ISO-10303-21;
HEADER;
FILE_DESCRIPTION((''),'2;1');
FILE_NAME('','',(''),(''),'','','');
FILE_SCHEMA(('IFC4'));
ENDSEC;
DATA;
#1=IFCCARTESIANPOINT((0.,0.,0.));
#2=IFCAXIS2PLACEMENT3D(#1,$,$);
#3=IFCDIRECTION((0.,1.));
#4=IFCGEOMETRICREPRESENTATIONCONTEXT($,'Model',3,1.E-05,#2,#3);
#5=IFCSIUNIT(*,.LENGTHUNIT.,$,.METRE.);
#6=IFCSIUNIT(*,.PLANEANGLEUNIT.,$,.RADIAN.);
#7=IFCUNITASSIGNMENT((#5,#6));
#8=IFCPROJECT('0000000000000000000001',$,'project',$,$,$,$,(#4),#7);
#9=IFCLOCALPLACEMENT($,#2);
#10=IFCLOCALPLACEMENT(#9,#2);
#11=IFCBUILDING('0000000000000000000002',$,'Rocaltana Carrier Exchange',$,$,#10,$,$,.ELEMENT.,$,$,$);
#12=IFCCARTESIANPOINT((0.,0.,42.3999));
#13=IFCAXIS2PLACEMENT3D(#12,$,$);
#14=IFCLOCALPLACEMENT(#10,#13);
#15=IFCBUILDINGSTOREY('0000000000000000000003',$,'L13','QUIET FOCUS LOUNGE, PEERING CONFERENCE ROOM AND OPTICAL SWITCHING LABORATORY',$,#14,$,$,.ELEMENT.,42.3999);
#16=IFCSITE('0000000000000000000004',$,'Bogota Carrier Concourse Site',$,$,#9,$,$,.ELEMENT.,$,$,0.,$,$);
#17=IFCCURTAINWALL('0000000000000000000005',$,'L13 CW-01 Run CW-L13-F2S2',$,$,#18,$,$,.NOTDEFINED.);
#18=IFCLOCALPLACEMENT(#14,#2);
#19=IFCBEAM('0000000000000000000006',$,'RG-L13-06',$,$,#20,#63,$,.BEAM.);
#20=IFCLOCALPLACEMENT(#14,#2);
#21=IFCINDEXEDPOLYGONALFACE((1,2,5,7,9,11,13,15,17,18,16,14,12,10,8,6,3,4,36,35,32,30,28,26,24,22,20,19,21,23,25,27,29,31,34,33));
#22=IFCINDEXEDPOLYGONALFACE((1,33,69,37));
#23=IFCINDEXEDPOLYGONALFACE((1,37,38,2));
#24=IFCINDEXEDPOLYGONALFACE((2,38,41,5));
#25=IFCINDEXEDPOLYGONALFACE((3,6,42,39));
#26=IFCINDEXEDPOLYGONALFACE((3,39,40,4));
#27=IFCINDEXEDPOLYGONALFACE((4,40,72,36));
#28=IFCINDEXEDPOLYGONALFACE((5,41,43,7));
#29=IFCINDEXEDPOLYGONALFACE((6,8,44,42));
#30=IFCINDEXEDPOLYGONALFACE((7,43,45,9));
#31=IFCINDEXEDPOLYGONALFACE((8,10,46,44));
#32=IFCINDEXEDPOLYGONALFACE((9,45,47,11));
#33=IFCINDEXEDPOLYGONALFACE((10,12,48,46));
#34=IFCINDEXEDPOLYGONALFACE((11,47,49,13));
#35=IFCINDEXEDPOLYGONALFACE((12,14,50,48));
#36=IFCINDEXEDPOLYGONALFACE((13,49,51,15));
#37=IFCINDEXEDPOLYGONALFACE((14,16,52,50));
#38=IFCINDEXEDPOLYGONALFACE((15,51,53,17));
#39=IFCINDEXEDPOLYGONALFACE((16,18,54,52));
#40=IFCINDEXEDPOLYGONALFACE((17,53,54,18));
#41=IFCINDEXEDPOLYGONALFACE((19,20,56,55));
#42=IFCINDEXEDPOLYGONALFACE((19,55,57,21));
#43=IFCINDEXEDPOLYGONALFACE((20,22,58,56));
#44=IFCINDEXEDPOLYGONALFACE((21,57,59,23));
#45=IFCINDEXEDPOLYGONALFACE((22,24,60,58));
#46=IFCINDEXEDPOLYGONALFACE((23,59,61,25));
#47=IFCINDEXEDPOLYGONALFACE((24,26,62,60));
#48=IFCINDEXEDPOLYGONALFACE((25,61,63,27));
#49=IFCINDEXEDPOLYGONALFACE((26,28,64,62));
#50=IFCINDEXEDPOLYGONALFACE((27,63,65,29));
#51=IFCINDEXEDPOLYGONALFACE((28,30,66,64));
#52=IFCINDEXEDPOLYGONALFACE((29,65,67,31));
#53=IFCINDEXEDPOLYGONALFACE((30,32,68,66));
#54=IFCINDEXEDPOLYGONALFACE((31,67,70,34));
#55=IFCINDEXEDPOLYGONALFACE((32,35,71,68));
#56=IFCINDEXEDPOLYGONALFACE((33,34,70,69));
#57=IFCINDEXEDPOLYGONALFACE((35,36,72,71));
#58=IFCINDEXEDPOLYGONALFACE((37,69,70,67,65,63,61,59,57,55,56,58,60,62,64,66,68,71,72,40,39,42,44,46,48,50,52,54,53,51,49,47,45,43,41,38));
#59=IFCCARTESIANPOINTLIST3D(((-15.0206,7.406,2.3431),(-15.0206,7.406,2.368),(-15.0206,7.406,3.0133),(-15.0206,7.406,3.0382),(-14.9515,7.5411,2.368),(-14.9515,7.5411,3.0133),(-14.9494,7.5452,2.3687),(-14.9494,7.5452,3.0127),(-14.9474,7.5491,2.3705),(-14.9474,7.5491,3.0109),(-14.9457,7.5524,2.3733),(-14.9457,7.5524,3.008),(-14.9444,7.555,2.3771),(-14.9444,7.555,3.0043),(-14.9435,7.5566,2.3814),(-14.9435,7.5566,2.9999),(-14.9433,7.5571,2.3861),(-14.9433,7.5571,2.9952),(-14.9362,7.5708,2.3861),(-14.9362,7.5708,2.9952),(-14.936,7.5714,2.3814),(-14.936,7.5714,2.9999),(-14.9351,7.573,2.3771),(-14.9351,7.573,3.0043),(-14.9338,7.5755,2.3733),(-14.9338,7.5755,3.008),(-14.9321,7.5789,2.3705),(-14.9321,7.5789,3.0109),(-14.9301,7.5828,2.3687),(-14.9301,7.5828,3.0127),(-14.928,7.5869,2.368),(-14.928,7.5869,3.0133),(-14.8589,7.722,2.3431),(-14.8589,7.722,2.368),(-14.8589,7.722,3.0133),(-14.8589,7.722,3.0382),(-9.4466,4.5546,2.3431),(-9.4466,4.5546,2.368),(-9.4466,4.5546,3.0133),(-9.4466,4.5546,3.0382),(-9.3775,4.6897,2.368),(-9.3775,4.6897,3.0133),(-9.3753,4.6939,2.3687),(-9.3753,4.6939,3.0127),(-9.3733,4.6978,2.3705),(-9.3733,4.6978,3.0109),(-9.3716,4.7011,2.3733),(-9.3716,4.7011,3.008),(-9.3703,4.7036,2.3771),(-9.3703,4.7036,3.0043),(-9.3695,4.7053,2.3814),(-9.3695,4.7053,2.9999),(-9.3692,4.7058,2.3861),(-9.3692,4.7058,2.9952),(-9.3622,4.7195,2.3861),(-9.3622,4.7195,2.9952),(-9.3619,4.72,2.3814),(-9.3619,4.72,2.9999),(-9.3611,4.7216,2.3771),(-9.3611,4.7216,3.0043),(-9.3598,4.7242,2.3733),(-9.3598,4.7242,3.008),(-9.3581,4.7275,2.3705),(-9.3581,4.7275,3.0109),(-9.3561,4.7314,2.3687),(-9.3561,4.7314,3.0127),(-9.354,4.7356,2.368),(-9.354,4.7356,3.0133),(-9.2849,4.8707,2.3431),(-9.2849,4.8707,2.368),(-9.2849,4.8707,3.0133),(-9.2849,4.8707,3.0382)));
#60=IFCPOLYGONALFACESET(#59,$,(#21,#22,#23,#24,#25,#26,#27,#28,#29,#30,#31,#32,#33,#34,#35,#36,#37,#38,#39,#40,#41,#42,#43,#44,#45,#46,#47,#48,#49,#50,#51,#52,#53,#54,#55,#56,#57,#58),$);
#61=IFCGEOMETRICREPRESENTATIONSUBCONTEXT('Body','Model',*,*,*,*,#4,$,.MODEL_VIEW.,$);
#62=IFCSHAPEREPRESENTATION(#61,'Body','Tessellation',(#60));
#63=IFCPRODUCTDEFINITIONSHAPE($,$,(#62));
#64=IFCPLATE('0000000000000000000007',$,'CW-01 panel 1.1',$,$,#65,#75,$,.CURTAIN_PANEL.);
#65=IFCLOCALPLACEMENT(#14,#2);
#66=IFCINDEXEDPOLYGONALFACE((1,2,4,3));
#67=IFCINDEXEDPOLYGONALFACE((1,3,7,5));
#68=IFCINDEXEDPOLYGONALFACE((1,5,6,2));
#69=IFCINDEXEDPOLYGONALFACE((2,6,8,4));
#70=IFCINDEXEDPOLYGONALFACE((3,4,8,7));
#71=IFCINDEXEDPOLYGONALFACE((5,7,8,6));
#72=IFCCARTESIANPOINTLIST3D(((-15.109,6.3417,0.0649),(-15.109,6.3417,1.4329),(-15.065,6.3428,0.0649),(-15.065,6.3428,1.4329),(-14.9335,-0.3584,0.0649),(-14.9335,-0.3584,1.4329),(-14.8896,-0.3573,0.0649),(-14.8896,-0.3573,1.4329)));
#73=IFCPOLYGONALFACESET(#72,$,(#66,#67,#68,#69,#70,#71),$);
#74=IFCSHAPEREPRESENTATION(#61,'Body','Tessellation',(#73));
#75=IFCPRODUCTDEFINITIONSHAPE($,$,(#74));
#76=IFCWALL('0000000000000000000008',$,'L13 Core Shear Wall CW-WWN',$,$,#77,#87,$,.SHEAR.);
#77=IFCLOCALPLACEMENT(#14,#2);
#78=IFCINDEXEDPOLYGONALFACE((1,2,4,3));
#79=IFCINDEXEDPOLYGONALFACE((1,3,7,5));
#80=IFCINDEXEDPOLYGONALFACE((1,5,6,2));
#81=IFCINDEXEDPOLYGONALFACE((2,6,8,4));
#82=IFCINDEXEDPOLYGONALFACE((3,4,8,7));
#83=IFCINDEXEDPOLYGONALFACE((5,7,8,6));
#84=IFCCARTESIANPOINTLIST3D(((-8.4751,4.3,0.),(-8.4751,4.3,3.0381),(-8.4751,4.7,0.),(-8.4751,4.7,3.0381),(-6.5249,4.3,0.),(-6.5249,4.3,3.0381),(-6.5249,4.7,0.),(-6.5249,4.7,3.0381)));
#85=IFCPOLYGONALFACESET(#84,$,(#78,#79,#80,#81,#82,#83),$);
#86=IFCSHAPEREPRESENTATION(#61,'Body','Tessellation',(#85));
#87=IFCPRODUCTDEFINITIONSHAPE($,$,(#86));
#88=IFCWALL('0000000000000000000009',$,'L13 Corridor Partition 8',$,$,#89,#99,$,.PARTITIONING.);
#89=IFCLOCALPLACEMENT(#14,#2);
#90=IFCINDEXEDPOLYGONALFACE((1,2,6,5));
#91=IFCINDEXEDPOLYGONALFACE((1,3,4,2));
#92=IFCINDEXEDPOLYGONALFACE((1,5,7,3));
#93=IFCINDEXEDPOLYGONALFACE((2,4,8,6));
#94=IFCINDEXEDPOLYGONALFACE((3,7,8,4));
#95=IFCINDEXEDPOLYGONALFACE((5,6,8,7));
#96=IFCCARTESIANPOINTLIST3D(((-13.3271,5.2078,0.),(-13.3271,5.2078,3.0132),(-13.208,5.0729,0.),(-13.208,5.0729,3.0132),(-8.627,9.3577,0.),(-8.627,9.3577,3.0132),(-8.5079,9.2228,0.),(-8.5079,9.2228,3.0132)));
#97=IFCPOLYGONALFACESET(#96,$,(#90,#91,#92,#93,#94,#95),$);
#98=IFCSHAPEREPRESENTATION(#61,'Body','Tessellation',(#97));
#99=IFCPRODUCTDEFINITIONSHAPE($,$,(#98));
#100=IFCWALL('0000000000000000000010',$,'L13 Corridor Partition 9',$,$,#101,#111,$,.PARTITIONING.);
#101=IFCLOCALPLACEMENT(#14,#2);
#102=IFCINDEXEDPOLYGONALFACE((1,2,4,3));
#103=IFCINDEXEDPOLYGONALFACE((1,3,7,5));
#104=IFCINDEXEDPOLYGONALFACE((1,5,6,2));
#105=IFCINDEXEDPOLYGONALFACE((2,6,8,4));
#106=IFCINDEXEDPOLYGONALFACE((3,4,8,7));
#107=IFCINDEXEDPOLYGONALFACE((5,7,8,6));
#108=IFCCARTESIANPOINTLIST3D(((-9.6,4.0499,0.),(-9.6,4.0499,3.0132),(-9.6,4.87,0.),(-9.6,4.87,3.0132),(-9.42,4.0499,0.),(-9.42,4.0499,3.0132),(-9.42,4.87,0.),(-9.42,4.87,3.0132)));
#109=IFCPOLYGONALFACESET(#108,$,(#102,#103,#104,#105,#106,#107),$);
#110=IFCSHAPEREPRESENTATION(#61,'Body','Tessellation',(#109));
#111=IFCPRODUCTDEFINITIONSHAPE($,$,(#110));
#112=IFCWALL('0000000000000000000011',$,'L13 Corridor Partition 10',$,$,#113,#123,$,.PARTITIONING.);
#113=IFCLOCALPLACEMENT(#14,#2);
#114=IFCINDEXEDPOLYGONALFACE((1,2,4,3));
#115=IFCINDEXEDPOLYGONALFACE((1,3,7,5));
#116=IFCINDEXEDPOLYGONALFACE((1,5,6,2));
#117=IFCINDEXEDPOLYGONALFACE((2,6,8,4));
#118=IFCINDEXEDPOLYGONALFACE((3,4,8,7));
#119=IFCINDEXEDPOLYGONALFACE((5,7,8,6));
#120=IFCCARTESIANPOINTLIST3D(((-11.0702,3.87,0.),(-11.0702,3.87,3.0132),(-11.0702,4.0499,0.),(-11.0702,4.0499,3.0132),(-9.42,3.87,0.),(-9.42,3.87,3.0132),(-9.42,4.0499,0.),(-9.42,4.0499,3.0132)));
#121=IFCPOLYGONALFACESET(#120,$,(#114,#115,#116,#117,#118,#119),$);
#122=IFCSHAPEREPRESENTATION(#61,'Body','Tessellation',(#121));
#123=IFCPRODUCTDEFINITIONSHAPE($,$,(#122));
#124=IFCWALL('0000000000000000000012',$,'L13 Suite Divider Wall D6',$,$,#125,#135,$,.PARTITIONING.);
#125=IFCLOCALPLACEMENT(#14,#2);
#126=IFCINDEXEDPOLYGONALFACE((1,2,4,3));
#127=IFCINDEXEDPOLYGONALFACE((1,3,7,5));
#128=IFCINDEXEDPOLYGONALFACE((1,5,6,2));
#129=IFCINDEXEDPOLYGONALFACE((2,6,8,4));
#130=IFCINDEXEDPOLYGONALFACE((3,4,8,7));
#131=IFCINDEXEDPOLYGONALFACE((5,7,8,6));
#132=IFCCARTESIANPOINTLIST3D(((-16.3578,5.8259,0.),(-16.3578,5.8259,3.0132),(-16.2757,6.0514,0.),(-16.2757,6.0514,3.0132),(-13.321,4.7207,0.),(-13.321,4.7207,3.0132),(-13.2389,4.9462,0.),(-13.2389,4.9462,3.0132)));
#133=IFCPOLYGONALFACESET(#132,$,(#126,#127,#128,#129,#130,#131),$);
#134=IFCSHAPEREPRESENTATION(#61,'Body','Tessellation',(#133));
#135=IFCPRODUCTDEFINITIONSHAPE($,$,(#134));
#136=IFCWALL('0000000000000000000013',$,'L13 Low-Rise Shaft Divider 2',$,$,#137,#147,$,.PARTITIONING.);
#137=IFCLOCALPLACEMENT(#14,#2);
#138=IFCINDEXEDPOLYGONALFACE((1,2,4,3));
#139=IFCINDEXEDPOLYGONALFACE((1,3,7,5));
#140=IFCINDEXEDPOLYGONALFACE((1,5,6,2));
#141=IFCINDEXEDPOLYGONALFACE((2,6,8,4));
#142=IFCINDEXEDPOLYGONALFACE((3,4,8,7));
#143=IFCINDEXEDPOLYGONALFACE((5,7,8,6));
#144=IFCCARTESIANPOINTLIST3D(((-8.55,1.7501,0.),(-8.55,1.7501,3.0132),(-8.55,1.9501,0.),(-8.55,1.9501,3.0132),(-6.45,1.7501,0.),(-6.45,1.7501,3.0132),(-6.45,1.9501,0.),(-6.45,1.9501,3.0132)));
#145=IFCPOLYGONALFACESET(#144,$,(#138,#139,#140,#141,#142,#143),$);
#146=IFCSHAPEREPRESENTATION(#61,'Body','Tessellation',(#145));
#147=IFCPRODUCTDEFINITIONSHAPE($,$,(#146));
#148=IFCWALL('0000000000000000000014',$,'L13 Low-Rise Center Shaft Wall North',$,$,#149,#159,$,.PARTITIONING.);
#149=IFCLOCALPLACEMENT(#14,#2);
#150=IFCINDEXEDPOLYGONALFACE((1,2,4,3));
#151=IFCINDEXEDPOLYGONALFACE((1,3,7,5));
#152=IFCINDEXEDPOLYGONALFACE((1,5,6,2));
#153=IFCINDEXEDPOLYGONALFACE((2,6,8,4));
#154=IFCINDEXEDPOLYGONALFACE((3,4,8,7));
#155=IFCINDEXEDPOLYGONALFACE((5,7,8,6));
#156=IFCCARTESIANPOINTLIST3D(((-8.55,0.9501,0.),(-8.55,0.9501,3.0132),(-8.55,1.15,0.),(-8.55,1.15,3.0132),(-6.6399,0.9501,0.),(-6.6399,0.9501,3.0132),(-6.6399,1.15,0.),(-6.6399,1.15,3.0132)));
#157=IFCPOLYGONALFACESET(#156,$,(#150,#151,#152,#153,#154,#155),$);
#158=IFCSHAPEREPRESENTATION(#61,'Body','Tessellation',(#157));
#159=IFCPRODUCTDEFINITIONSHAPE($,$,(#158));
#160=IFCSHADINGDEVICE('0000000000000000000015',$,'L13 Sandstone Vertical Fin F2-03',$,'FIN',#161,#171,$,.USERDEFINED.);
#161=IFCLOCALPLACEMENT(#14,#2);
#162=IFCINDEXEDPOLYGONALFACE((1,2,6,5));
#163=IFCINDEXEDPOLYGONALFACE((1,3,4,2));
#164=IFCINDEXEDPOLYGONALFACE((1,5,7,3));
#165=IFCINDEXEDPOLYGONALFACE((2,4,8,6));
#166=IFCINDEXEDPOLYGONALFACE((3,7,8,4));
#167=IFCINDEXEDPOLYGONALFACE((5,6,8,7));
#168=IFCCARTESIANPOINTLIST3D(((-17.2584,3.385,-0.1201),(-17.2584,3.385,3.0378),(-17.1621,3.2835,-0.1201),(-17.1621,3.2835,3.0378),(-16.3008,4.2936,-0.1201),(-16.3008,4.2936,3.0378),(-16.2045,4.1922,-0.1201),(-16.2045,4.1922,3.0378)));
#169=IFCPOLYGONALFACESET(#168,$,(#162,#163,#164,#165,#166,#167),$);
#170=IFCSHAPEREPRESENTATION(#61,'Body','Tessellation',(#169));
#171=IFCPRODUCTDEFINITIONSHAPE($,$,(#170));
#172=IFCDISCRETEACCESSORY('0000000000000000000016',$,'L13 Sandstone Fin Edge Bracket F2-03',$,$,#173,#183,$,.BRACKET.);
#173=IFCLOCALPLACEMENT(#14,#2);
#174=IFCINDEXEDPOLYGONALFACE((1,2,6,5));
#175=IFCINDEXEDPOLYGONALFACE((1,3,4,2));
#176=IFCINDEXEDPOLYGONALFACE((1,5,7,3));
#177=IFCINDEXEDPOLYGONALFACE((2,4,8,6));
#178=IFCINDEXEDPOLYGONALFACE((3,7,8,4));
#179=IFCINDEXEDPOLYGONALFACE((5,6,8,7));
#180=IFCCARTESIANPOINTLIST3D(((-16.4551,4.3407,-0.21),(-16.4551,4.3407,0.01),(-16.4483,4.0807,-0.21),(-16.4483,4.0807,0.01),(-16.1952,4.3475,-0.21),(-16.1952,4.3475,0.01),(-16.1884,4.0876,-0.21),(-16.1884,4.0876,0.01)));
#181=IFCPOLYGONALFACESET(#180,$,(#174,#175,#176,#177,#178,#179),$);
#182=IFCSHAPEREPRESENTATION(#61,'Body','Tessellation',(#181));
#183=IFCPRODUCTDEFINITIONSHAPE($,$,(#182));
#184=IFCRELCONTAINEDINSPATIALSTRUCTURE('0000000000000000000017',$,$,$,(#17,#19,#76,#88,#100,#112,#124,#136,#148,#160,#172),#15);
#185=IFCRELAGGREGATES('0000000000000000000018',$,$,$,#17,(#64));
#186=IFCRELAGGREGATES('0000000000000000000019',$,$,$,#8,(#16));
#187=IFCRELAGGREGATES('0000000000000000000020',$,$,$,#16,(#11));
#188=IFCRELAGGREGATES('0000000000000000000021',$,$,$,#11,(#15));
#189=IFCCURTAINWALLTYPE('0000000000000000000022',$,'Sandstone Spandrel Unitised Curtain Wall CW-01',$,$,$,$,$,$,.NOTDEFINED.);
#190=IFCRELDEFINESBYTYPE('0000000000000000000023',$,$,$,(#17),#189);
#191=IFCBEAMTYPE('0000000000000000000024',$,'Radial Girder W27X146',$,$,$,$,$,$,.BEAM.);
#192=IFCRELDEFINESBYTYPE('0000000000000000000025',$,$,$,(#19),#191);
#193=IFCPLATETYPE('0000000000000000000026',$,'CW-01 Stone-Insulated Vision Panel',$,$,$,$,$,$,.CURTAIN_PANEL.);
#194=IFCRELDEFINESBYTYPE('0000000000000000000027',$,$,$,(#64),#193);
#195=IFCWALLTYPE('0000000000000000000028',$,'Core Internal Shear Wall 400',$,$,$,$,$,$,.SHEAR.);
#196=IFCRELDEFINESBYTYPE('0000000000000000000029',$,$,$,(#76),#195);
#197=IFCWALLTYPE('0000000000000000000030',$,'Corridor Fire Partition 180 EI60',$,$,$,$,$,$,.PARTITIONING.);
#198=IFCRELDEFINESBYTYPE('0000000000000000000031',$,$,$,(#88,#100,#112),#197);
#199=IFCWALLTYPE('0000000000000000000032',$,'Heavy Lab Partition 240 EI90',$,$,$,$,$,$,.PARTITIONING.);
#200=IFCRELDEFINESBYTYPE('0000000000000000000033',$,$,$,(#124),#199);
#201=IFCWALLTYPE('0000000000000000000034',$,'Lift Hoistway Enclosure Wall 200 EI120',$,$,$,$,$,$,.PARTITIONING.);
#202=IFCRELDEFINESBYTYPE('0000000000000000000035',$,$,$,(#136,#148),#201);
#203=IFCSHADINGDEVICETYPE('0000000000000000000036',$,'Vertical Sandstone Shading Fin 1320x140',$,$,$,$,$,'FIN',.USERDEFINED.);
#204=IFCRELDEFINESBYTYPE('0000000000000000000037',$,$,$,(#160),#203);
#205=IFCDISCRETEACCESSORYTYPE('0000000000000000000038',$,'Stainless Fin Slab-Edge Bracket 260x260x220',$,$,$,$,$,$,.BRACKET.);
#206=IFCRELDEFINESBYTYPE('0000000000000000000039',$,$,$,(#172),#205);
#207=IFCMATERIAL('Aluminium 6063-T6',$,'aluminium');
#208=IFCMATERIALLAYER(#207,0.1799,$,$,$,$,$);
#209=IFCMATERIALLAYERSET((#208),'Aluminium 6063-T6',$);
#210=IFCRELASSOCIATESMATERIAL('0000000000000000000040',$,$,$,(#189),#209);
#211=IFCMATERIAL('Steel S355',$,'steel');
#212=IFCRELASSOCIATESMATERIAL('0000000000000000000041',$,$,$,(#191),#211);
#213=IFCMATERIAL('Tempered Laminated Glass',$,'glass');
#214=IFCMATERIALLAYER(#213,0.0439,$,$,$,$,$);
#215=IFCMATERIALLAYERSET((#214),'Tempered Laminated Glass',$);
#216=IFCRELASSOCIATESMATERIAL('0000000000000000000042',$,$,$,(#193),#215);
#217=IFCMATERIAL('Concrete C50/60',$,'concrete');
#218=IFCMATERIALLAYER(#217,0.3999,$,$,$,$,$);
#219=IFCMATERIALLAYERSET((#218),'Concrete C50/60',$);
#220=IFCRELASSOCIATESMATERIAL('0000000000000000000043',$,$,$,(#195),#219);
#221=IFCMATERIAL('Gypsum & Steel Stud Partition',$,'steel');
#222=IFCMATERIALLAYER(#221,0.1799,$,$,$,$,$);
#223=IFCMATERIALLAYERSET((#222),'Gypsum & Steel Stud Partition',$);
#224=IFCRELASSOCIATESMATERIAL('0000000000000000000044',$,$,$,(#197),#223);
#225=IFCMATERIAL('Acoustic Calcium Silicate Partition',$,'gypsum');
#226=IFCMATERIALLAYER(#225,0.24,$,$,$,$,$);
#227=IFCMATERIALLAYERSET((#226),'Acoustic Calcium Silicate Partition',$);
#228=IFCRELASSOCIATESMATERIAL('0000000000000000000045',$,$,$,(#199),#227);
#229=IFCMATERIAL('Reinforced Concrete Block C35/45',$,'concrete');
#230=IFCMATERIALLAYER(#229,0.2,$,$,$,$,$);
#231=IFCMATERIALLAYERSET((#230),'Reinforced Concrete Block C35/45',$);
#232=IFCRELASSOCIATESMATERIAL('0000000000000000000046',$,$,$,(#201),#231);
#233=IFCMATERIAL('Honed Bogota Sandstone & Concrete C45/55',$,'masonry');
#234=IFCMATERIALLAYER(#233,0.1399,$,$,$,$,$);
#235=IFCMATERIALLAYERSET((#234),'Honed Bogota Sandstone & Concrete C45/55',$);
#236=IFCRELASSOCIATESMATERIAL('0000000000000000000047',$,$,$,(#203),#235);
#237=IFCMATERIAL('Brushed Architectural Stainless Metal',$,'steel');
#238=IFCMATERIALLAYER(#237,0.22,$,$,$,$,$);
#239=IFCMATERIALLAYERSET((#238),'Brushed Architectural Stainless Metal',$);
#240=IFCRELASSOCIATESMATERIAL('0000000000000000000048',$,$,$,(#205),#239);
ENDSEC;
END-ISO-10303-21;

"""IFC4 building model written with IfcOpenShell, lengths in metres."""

from ifc_helpers import new_model, si_unit, direction, frame, frame_2d, origin, origin_2d, place, context, subcontext, project, spatial, rectangle, i_section, extrude, material, layer, layer_set, material_profile, profile_set, type_object, element, aggregate, save


model = new_model("IFC4")

# Units and contexts
model_context = context("Model", 3, precision=1e-05, world=origin(), true_north=direction((0.0, 1.0)))
body_context = subcontext(model_context, "Body", "Model", "MODEL_VIEW")
ifc_project = project(units=[si_unit("LENGTHUNIT", "METRE"), si_unit("PLANEANGLEUNIT", "RADIAN")], contexts=[model_context])

# Site, building, storey
site_placement = place(None, origin())
site = spatial("IfcSite", under=ifc_project, at=site_placement, Name="Bogota Carrier Concourse Site", CompositionType="ELEMENT", RefElevation=0.0)
building_placement = place(site_placement, origin())
building = spatial("IfcBuilding", under=site, at=building_placement, Name="Rocaltana Carrier Exchange", CompositionType="ELEMENT")
storey_placement = place(building_placement, frame((0.0, 0.0, 42.3999)))
storey = spatial("IfcBuildingStorey", under=building, at=storey_placement, Name="L13", Description="QUIET FOCUS LOUNGE, PEERING CONFERENCE ROOM AND OPTICAL SWITCHING LABORATORY", CompositionType="ELEMENT", Elevation=42.3999)

# Curtain wall
ifc_material_1 = material(Name="Aluminium 6063-T6", Category="aluminium")
ifc_layer_1 = layer(ifc_material_1, 0.1799)
ifc_layer_set_1 = layer_set([ifc_layer_1], Name="Aluminium 6063-T6")
curtain_wall_type = type_object("IfcCurtainWallType", Name="Sandstone Spandrel Unitised Curtain Wall CW-01", PredefinedType="NOTDEFINED", material=ifc_layer_set_1)
curtain_wall_placement = place(storey_placement, origin())
curtain_wall = element("IfcCurtainWall", 1, at=curtain_wall_placement, inside=storey, type_object=curtain_wall_type, Name="L13 CW-01 Run CW-L13-F2S2", PredefinedType="NOTDEFINED")

# Beam
ifc_material_2 = material(Name="Steel S355", Category="steel")
ifc_material_profile_1 = material_profile(ifc_material_2, i_section(OverallWidth=0.355, OverallDepth=0.6951, WebThickness=0.0154, FlangeThickness=0.0249, FilletRadius=0.0181, at=origin_2d()), Name="W27X146")
ifc_profile_set_1 = profile_set([ifc_material_profile_1], Name="Steel S355")
beam_type_1 = type_object("IfcBeamType", Name="Radial Girder W27X146", PredefinedType="BEAM", material=ifc_profile_set_1)
beam_1_placement = place(storey_placement, frame((-9.3657, 4.7126, 2.6907), z_axis=(-0.890279, 0.455415, 0.0), x_axis=(-0.455415, -0.890279, 0.0)))
element("IfcBeam", 2, at=beam_1_placement, inside=storey, type_object=beam_type_1, Name="RG-L13-06", PredefinedType="BEAM", context=body_context, shape_type="SweptSolid", body=[
    extrude(i_section(OverallWidth=0.355, OverallDepth=0.6951, WebThickness=0.0154, FlangeThickness=0.0249, FilletRadius=0.0181, at=origin_2d()), origin(), (0.0, 0.0, 1.0), 6.261),
])

# Plate
ifc_material_3 = material(Name="Tempered Laminated Glass", Category="glass")
ifc_layer_2 = layer(ifc_material_3, 0.0439)
ifc_layer_set_2 = layer_set([ifc_layer_2], Name="Tempered Laminated Glass")
plate_type = type_object("IfcPlateType", Name="CW-01 Stone-Insulated Vision Panel", PredefinedType="CURTAIN_PANEL", material=ifc_layer_set_2)
plate_placement = place(storey_placement, frame((-14.9993, 2.9922, 0.0649), z_axis=(0.0, 0.0, 1.0), x_axis=(0.026177, -0.999657, 0.0)))
plate = element("IfcPlate", 3, at=plate_placement, type_object=plate_type, Name="CW-01 panel 1.1", PredefinedType="CURTAIN_PANEL", context=body_context, shape_type="SweptSolid", body=[
    extrude(rectangle(XDim=6.7024, YDim=0.0439, at=origin_2d()), origin(), (0.0, 0.0, 1.0), 1.3679),
])
aggregate(curtain_wall, [plate])

# Walls
ifc_material_4 = material(Name="Concrete C50/60", Category="concrete")
ifc_layer_3 = layer(ifc_material_4, 0.3999)
ifc_layer_set_3 = layer_set([ifc_layer_3], Name="Concrete C50/60")
wall_type_1 = type_object("IfcWallType", Name="Core Internal Shear Wall 400", PredefinedType="SHEAR", material=ifc_layer_set_3)
wall_1_placement = place(storey_placement, frame((-8.4751, 4.5, 0.0), z_axis=(0.0, 0.0, 1.0), x_axis=(1.0, 0.0, 0.0)))
element("IfcWall", 4, at=wall_1_placement, inside=storey, type_object=wall_type_1, Name="L13 Core Shear Wall CW-WWN", PredefinedType="SHEAR", context=body_context, shape_type="SweptSolid", body=[
    extrude(rectangle(XDim=1.9502, YDim=0.3999, at=frame_2d((0.9751, 0.0))), origin(), (0.0, 0.0, 1.0), 3.0381),
])
ifc_material_5 = material(Name="Gypsum & Steel Stud Partition", Category="steel")
ifc_layer_4 = layer(ifc_material_5, 0.1799)
ifc_layer_set_4 = layer_set([ifc_layer_4], Name="Gypsum & Steel Stud Partition")
wall_type_2 = type_object("IfcWallType", Name="Corridor Fire Partition 180 EI60", PredefinedType="PARTITIONING", material=ifc_layer_set_4)
wall_2_placement = place(storey_placement, frame((-13.2676, 5.1404, 0.0), z_axis=(0.0, 0.0, 1.0), x_axis=(0.749626, 0.661861, 0.0)))
element("IfcWall", 5, at=wall_2_placement, inside=storey, type_object=wall_type_2, Name="L13 Corridor Partition 8", PredefinedType="PARTITIONING", context=body_context, shape_type="SweptSolid", body=[
    extrude(rectangle(XDim=6.27, YDim=0.1799, at=frame_2d((3.135, 0.0))), origin(), (0.0, 0.0, 1.0), 3.0132),
])
wall_3_placement = place(storey_placement, frame((-9.51, 4.8701, 0.0), z_axis=(0.0, 0.0, 1.0), x_axis=(0.0, -1.0, 0.0)))
element("IfcWall", 6, at=wall_3_placement, inside=storey, type_object=wall_type_2, Name="L13 Corridor Partition 9", PredefinedType="PARTITIONING", context=body_context, shape_type="SweptSolid", body=[
    extrude(rectangle(XDim=0.8201, YDim=0.1799, at=frame_2d((0.4102, 0.0))), origin(), (0.0, 0.0, 1.0), 3.0132),
])
wall_4_placement = place(storey_placement, frame((-9.4199, 3.96, 0.0), z_axis=(0.0, 0.0, 1.0), x_axis=(-1.0, 0.0, 0.0)))
element("IfcWall", 7, at=wall_4_placement, inside=storey, type_object=wall_type_2, Name="L13 Corridor Partition 10", PredefinedType="PARTITIONING", context=body_context, shape_type="SweptSolid", body=[
    extrude(rectangle(XDim=1.6501, YDim=0.1799, at=frame_2d((0.8252, 0.0))), origin(), (0.0, 0.0, 1.0), 3.0132),
])
ifc_material_6 = material(Name="Acoustic Calcium Silicate Partition", Category="gypsum")
ifc_layer_5 = layer(ifc_material_6, 0.24)
ifc_layer_set_5 = layer_set([ifc_layer_5], Name="Acoustic Calcium Silicate Partition")
wall_type_3 = type_object("IfcWallType", Name="Heavy Lab Partition 240 EI90", PredefinedType="PARTITIONING", material=ifc_layer_set_5)
wall_5_placement = place(storey_placement, frame((-13.28, 4.8335, 0.0), z_axis=(0.0, 0.0, 1.0), x_axis=(-0.939703, 0.341992, 0.0)))
element("IfcWall", 8, at=wall_5_placement, inside=storey, type_object=wall_type_3, Name="L13 Suite Divider Wall D6", PredefinedType="PARTITIONING", context=body_context, shape_type="SweptSolid", body=[
    extrude(rectangle(XDim=3.2317, YDim=0.24, at=frame_2d((1.6157, 0.0))), origin(), (0.0, 0.0, 1.0), 3.0132),
])
ifc_material_7 = material(Name="Reinforced Concrete Block C35/45", Category="concrete")
ifc_layer_6 = layer(ifc_material_7, 0.2)
ifc_layer_set_6 = layer_set([ifc_layer_6], Name="Reinforced Concrete Block C35/45")
wall_type_4 = type_object("IfcWallType", Name="Lift Hoistway Enclosure Wall 200 EI120", PredefinedType="PARTITIONING", material=ifc_layer_set_6)
wall_6_placement = place(storey_placement, frame((-8.55, 1.8501, 0.0), z_axis=(0.0, 0.0, 1.0), x_axis=(1.0, 0.0, 0.0)))
element("IfcWall", 9, at=wall_6_placement, inside=storey, type_object=wall_type_4, Name="L13 Low-Rise Shaft Divider 2", PredefinedType="PARTITIONING", context=body_context, shape_type="SweptSolid", body=[
    extrude(rectangle(XDim=2.1001, YDim=0.2, at=frame_2d((1.05, 0.0))), origin(), (0.0, 0.0, 1.0), 3.0132),
])
wall_7_placement = place(storey_placement, frame((-8.55, 1.05, 0.0), z_axis=(0.0, 0.0, 1.0), x_axis=(1.0, 0.0, 0.0)))
element("IfcWall", 10, at=wall_7_placement, inside=storey, type_object=wall_type_4, Name="L13 Low-Rise Center Shaft Wall North", PredefinedType="PARTITIONING", context=body_context, shape_type="SweptSolid", body=[
    extrude(rectangle(XDim=1.9102, YDim=0.2, at=frame_2d((0.9551, 0.0))), origin(), (0.0, 0.0, 1.0), 3.0132),
])

# Shading device
ifc_material_8 = material(Name="Honed Bogota Sandstone & Concrete C45/55", Category="masonry")
ifc_layer_7 = layer(ifc_material_8, 0.1399)
ifc_layer_set_7 = layer_set([ifc_layer_7], Name="Honed Bogota Sandstone & Concrete C45/55")
shading_device_type = type_object("IfcShadingDeviceType", Name="Vertical Sandstone Shading Fin 1320x140", ElementType="FIN", PredefinedType="USERDEFINED", material=ifc_layer_set_7)
shading_device_placement = place(storey_placement, frame((-16.7314, 3.7886, -0.1201), z_axis=(0.0, 0.0, 1.0), x_axis=(-0.725374, -0.688355, 0.0)))
element("IfcShadingDevice", 11, at=shading_device_placement, inside=storey, type_object=shading_device_type, Name="L13 Sandstone Vertical Fin F2-03", ObjectType="FIN", PredefinedType="USERDEFINED", context=body_context, shape_type="SweptSolid", body=[
    extrude(rectangle(XDim=1.3201, YDim=0.1399, at=origin_2d()), origin(), (0.0, 0.0, 1.0), 3.158),
])

# Discrete accessory
ifc_material_9 = material(Name="Brushed Architectural Stainless Metal", Category="steel")
ifc_layer_8 = layer(ifc_material_9, 0.22)
ifc_layer_set_8 = layer_set([ifc_layer_8], Name="Brushed Architectural Stainless Metal")
discrete_accessory_type = type_object("IfcDiscreteAccessoryType", Name="Stainless Fin Slab-Edge Bracket 260x260x220", PredefinedType="BRACKET", material=ifc_layer_set_8)
discrete_accessory_placement = place(storey_placement, frame((-16.3218, 4.2141, -0.21), z_axis=(0.0, 0.0, 1.0), x_axis=(0.026177, -0.999657, 0.0)))
element("IfcDiscreteAccessory", 12, at=discrete_accessory_placement, inside=storey, type_object=discrete_accessory_type, Name="L13 Sandstone Fin Edge Bracket F2-03", PredefinedType="BRACKET", context=body_context, shape_type="SweptSolid", body=[
    extrude(rectangle(XDim=0.26, YDim=0.26, at=origin_2d()), origin(), (0.0, 0.0, 1.0), 0.22),
])

save(model, "model.ifc")
